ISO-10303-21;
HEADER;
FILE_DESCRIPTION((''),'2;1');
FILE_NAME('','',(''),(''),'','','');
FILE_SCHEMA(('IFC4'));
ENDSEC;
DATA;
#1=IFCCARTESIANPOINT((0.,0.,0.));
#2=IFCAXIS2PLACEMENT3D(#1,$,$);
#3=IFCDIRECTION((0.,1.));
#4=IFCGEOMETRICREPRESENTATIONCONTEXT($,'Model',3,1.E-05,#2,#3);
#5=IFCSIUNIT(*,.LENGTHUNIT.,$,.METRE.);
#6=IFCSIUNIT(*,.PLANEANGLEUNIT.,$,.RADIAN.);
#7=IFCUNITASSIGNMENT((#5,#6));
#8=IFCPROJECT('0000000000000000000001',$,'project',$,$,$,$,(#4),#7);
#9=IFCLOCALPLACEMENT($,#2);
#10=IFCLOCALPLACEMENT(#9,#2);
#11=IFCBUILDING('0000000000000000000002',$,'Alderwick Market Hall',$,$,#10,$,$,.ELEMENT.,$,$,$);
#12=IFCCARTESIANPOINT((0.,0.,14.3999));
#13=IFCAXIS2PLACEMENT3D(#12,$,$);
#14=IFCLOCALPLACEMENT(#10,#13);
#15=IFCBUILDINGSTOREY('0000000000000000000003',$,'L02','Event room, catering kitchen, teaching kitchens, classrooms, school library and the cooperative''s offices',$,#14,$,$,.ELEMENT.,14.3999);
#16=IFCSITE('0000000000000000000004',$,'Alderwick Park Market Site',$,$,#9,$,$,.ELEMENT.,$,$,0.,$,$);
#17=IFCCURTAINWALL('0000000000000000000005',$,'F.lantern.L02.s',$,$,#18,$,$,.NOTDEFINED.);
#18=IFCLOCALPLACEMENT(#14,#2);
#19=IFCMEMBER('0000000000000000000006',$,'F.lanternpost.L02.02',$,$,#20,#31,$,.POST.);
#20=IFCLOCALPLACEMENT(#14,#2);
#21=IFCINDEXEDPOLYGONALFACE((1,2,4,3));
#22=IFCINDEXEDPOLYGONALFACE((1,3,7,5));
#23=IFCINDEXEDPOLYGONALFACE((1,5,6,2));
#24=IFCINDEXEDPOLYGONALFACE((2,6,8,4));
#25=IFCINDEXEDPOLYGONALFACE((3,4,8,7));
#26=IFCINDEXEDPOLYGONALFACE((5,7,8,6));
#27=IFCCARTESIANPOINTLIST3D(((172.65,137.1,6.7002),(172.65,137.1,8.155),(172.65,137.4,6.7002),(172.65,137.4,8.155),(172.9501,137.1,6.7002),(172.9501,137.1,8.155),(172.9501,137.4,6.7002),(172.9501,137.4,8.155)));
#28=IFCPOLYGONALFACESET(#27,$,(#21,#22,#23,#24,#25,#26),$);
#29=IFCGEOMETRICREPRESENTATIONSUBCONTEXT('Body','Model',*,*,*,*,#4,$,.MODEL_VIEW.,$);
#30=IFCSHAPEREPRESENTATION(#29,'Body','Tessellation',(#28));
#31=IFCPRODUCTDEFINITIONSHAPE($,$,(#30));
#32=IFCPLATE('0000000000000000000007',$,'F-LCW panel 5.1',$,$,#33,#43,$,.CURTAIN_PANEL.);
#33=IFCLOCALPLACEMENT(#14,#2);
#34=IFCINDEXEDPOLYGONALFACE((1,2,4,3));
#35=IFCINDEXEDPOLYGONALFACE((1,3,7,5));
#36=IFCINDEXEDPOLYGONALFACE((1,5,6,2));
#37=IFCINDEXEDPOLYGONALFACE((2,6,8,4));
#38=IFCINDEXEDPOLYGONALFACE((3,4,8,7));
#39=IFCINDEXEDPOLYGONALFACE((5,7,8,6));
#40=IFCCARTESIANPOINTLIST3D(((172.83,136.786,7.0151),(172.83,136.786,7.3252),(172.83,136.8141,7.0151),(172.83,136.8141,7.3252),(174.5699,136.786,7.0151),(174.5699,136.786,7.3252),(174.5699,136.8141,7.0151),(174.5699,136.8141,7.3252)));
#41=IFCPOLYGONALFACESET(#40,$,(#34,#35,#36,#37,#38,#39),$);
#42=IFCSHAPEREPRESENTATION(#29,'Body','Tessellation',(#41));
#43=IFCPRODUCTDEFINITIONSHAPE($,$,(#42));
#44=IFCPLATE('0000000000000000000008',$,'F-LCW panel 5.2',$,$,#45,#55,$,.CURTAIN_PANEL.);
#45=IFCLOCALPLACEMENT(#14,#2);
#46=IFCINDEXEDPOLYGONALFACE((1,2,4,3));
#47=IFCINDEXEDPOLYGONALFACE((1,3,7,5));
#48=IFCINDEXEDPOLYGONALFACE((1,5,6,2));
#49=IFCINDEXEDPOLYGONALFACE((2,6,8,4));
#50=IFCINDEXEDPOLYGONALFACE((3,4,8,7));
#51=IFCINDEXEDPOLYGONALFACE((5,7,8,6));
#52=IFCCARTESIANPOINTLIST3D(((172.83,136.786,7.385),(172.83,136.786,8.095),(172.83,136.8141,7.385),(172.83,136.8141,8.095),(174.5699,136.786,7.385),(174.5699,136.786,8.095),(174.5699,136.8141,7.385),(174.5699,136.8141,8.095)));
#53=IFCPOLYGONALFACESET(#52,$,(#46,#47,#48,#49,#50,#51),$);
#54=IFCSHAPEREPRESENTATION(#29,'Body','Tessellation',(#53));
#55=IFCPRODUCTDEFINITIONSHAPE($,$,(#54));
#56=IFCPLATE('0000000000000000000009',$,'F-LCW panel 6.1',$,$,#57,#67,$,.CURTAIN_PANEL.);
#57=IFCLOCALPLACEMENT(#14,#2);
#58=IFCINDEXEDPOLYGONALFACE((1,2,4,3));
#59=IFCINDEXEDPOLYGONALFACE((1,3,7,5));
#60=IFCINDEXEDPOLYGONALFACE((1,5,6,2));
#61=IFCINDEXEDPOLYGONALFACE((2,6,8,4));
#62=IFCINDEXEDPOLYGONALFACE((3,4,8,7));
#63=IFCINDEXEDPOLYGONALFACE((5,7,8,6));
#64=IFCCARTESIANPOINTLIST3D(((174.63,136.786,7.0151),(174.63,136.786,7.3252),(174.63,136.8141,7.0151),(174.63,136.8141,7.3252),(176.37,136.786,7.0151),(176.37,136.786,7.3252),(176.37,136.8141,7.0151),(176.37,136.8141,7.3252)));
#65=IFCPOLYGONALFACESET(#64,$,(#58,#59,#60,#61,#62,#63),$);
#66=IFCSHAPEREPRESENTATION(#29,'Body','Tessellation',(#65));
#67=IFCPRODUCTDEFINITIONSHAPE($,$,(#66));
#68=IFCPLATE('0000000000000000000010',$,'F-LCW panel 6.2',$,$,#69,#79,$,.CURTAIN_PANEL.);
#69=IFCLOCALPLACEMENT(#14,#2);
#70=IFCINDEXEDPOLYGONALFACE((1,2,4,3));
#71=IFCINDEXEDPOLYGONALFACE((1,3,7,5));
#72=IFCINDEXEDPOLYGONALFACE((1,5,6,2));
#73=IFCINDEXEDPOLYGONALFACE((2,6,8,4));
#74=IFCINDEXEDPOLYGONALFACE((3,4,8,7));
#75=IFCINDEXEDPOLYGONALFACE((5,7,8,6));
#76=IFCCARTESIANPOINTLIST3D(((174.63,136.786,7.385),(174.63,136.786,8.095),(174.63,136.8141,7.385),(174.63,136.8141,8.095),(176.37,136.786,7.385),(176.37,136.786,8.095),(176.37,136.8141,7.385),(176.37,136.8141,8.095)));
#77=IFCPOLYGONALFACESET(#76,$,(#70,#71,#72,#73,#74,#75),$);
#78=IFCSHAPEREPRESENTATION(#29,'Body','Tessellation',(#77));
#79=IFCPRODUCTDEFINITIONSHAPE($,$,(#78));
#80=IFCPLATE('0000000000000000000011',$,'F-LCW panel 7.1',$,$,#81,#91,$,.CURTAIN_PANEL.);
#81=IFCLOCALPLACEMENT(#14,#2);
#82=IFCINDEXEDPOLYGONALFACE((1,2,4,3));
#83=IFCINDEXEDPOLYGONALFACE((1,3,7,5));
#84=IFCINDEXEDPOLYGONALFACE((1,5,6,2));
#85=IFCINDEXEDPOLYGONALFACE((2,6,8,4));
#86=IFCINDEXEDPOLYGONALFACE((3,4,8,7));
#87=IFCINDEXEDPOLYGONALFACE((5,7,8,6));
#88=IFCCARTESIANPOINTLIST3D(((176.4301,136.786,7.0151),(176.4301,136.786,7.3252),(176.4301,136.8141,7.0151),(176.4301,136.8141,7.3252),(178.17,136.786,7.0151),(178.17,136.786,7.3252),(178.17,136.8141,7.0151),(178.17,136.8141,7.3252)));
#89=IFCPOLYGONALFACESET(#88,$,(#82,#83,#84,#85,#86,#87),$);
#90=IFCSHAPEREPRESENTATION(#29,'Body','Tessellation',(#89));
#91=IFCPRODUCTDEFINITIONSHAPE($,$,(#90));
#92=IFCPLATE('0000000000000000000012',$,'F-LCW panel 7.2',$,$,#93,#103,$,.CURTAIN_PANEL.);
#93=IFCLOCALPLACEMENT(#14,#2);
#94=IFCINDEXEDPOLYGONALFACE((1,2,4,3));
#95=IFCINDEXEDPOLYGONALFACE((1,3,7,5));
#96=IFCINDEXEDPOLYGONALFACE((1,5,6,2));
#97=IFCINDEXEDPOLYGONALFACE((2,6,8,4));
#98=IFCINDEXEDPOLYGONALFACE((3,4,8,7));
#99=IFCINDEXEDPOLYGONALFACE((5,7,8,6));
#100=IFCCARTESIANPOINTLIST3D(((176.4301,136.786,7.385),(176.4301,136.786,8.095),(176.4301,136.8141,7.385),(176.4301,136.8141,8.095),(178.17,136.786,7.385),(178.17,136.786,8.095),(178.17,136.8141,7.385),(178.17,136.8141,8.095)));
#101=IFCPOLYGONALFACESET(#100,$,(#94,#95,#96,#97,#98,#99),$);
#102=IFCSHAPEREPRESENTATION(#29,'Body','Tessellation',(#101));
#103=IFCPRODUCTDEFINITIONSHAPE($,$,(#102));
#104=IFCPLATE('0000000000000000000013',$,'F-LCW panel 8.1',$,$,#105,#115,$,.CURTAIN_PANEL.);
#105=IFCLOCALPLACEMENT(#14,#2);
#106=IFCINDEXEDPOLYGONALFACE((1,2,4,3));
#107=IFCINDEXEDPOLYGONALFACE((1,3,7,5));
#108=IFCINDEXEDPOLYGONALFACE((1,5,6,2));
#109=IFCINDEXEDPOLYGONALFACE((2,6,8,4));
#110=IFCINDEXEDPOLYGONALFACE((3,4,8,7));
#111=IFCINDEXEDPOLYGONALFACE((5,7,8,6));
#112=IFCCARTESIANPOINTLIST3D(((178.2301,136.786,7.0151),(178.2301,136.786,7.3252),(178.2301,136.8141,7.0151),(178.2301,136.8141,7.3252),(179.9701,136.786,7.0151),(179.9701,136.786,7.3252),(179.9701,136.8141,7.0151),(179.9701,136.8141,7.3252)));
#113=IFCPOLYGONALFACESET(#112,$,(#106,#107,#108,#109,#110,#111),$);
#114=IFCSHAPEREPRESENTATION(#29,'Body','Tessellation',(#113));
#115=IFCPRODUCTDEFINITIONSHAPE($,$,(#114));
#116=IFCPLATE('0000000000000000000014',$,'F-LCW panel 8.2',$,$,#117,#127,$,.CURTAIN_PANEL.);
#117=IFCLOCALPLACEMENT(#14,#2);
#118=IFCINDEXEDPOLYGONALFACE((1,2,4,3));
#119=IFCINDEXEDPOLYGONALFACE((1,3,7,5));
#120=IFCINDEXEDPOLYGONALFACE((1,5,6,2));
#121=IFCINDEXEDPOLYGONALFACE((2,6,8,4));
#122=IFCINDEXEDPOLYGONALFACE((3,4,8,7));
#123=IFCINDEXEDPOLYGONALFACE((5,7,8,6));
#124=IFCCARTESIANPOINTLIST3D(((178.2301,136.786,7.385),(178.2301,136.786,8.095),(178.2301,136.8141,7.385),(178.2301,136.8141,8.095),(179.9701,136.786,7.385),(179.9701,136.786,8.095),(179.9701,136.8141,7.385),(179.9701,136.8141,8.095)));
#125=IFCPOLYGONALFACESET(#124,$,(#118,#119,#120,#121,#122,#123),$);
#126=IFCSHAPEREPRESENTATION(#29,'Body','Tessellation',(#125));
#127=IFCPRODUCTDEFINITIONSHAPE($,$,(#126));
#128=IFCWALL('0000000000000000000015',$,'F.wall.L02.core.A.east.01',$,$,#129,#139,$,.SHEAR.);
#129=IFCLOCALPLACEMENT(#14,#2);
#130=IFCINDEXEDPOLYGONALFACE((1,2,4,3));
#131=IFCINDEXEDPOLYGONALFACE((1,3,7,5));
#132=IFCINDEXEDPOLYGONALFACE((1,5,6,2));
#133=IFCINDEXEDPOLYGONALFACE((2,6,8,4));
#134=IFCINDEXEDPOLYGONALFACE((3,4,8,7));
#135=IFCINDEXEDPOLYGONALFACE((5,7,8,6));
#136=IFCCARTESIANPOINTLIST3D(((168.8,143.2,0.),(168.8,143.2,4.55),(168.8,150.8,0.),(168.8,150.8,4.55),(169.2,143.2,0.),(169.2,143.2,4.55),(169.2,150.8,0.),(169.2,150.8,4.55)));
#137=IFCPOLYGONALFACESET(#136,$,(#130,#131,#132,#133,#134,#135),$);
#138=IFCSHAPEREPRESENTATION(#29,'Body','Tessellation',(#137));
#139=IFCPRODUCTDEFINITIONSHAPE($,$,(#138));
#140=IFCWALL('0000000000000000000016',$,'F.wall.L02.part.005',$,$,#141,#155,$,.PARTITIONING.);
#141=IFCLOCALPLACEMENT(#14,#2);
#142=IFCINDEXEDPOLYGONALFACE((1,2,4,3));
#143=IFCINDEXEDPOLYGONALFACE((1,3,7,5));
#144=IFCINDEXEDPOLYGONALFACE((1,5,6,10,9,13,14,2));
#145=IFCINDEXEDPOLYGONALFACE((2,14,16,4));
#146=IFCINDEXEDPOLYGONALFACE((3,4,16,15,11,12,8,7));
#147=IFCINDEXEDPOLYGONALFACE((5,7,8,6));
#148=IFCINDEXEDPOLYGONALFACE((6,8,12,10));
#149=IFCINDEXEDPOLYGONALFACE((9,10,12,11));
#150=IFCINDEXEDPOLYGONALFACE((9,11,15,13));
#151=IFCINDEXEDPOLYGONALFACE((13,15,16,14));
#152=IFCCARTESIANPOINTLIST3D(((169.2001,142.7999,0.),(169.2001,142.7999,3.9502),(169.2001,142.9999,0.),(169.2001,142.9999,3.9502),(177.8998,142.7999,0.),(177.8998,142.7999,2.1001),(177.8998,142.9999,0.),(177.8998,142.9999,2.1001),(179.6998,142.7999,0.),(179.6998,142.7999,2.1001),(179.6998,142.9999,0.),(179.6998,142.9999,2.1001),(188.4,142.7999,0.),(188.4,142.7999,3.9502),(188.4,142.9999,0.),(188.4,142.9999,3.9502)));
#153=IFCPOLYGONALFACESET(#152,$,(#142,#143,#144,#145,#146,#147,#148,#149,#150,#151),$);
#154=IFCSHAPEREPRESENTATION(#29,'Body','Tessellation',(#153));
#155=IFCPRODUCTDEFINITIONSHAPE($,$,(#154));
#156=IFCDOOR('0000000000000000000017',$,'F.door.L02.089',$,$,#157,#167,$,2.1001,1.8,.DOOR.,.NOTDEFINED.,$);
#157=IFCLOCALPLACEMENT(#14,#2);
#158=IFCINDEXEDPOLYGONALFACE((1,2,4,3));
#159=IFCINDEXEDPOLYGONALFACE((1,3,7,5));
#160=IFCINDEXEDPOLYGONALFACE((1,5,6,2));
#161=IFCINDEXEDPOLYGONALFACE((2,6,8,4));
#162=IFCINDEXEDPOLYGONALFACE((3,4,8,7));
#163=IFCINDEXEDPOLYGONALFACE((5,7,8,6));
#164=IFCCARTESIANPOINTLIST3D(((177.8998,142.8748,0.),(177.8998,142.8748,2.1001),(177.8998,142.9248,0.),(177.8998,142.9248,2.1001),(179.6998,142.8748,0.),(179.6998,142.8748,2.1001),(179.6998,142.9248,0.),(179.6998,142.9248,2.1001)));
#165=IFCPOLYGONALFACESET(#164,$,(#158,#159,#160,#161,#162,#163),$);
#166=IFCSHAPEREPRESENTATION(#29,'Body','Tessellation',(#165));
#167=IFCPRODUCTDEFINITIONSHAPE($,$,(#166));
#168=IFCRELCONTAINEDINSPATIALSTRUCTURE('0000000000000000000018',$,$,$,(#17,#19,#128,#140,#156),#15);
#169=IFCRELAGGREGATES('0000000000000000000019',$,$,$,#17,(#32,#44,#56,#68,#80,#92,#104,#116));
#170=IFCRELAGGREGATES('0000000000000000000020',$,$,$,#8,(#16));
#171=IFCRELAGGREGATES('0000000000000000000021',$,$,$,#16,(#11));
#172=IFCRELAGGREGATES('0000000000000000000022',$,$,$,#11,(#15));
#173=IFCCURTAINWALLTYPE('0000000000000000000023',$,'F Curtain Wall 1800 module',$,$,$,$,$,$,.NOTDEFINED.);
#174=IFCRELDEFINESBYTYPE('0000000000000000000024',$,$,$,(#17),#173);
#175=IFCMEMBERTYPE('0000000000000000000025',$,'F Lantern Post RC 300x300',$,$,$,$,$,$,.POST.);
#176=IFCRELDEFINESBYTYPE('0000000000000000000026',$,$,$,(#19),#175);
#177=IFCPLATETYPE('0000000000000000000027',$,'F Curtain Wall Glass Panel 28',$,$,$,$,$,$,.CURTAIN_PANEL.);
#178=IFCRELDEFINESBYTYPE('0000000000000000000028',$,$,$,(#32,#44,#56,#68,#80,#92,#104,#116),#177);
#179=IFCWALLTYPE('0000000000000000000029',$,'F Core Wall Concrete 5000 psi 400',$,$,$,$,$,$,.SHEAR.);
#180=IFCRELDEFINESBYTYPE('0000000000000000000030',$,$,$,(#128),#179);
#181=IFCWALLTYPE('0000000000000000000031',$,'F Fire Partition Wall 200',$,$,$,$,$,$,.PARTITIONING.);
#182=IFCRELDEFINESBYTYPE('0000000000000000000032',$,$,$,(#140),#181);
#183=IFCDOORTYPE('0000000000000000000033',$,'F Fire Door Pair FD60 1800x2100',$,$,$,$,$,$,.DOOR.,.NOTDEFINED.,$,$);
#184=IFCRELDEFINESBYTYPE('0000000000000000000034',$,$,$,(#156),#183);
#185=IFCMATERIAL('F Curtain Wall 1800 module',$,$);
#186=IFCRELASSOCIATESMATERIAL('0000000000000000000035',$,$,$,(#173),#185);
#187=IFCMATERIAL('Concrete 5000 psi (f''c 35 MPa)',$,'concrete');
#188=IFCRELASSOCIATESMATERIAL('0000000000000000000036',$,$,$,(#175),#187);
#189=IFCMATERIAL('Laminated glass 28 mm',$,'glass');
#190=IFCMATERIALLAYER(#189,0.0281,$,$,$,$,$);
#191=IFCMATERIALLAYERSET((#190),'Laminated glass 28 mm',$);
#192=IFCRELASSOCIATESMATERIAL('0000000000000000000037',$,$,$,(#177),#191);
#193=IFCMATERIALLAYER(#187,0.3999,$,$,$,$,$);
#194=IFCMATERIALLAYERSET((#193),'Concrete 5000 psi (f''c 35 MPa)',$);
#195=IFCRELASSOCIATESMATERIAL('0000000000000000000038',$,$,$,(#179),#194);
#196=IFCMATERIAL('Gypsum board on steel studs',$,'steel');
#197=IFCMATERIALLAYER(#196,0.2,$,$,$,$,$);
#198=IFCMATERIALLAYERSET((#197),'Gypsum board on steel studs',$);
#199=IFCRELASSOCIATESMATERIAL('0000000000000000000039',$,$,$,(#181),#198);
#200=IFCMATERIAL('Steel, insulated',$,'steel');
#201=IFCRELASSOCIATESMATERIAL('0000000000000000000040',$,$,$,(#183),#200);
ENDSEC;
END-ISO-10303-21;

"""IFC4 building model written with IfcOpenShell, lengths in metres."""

from ifc_helpers import new_model, si_unit, direction, frame, frame_2d, origin, origin_2d, place, context, subcontext, project, spatial, rectangle, extrude, material, layer, layer_set, material_profile, profile_set, type_object, element, fill, aggregate, save


model = new_model("IFC4")

# Units and contexts
model_context = context("Model", 3, precision=1e-05, world=origin(), true_north=direction((0.0, 1.0)))
body_context = subcontext(model_context, "Body", "Model", "MODEL_VIEW")
ifc_project = project(units=[si_unit("LENGTHUNIT", "METRE"), si_unit("PLANEANGLEUNIT", "RADIAN")], contexts=[model_context])

# Site, building, storey
site_placement = place(None, origin())
site = spatial("IfcSite", under=ifc_project, at=site_placement, Name="Alderwick Park Market Site", CompositionType="ELEMENT", RefElevation=0.0)
building_placement = place(site_placement, origin())
building = spatial("IfcBuilding", under=site, at=building_placement, Name="Alderwick Market Hall", CompositionType="ELEMENT")
storey_placement = place(building_placement, frame((0.0, 0.0, 14.3999)))
storey = spatial("IfcBuildingStorey", under=building, at=storey_placement, Name="L02", Description="Event room, catering kitchen, teaching kitchens, classrooms, school library and the cooperative's offices", CompositionType="ELEMENT", Elevation=14.3999)

# Curtain wall
ifc_material_1 = material(Name="F Curtain Wall 1800 module")
curtain_wall_type = type_object("IfcCurtainWallType", Name="F Curtain Wall 1800 module", PredefinedType="NOTDEFINED", material=ifc_material_1)
curtain_wall_placement = place(storey_placement, origin())
curtain_wall = element("IfcCurtainWall", 1, at=curtain_wall_placement, inside=storey, type_object=curtain_wall_type, Name="F.lantern.L02.s", PredefinedType="NOTDEFINED")

# Member
ifc_material_2 = material(Name="Concrete 5000 psi (f'c 35 MPa)", Category="concrete")
ifc_material_profile_1 = material_profile(ifc_material_2, rectangle(XDim=0.3, YDim=0.3, at=origin_2d()), Name="RC 300x300")
ifc_profile_set_1 = profile_set([ifc_material_profile_1], Name="Concrete 5000 psi (f'c 35 MPa)")
member_type_1 = type_object("IfcMemberType", Name="F Lantern Post RC 300x300", PredefinedType="POST", material=ifc_profile_set_1)
member_1_placement = place(storey_placement, frame((172.8, 137.25, 6.7002), z_axis=(0.0, 0.0, 1.0), x_axis=(1.0, 0.0, 0.0)))
element("IfcMember", 2, at=member_1_placement, inside=storey, type_object=member_type_1, Name="F.lanternpost.L02.02", PredefinedType="POST", context=body_context, shape_type="SweptSolid", body=[
    extrude(rectangle(XDim=0.3, YDim=0.3, at=origin_2d()), origin(), (0.0, 0.0, 1.0), 1.4548),
])

# Plates
ifc_material_3 = material(Name="Laminated glass 28 mm", Category="glass")
ifc_layer_1 = layer(ifc_material_3, 0.0281)
ifc_layer_set_1 = layer_set([ifc_layer_1], Name="Laminated glass 28 mm")
plate_type = type_object("IfcPlateType", Name="F Curtain Wall Glass Panel 28", PredefinedType="CURTAIN_PANEL", material=ifc_layer_set_1)
plate_1_placement = place(storey_placement, frame((173.7, 136.8, 7.0151), z_axis=(0.0, 0.0, 1.0), x_axis=(1.0, 0.0, 0.0)))
plate_1 = element("IfcPlate", 3, at=plate_1_placement, type_object=plate_type, Name="F-LCW panel 5.1", PredefinedType="CURTAIN_PANEL", context=body_context, shape_type="SweptSolid", body=[
    extrude(rectangle(XDim=1.74, YDim=0.0281, at=origin_2d()), origin(), (0.0, 0.0, 1.0), 0.3101),
])
plate_2_placement = place(storey_placement, frame((173.7, 136.8, 7.385), z_axis=(0.0, 0.0, 1.0), x_axis=(1.0, 0.0, 0.0)))
plate_2 = element("IfcPlate", 4, at=plate_2_placement, type_object=plate_type, Name="F-LCW panel 5.2", PredefinedType="CURTAIN_PANEL", context=body_context, shape_type="SweptSolid", body=[
    extrude(rectangle(XDim=1.74, YDim=0.0281, at=origin_2d()), origin(), (0.0, 0.0, 1.0), 0.71),
])
plate_3_placement = place(storey_placement, frame((175.5, 136.8, 7.0151), z_axis=(0.0, 0.0, 1.0), x_axis=(1.0, 0.0, 0.0)))
plate_3 = element("IfcPlate", 5, at=plate_3_placement, type_object=plate_type, Name="F-LCW panel 6.1", PredefinedType="CURTAIN_PANEL", context=body_context, shape_type="SweptSolid", body=[
    extrude(rectangle(XDim=1.74, YDim=0.0281, at=origin_2d()), origin(), (0.0, 0.0, 1.0), 0.3101),
])
plate_4_placement = place(storey_placement, frame((175.5, 136.8, 7.385), z_axis=(0.0, 0.0, 1.0), x_axis=(1.0, 0.0, 0.0)))
plate_4 = element("IfcPlate", 6, at=plate_4_placement, type_object=plate_type, Name="F-LCW panel 6.2", PredefinedType="CURTAIN_PANEL", context=body_context, shape_type="SweptSolid", body=[
    extrude(rectangle(XDim=1.74, YDim=0.0281, at=origin_2d()), origin(), (0.0, 0.0, 1.0), 0.71),
])
plate_5_placement = place(storey_placement, frame((177.3, 136.8, 7.0151), z_axis=(0.0, 0.0, 1.0), x_axis=(1.0, 0.0, 0.0)))
plate_5 = element("IfcPlate", 7, at=plate_5_placement, type_object=plate_type, Name="F-LCW panel 7.1", PredefinedType="CURTAIN_PANEL", context=body_context, shape_type="SweptSolid", body=[
    extrude(rectangle(XDim=1.74, YDim=0.0281, at=origin_2d()), origin(), (0.0, 0.0, 1.0), 0.3101),
])
plate_6_placement = place(storey_placement, frame((177.3, 136.8, 7.385), z_axis=(0.0, 0.0, 1.0), x_axis=(1.0, 0.0, 0.0)))
plate_6 = element("IfcPlate", 8, at=plate_6_placement, type_object=plate_type, Name="F-LCW panel 7.2", PredefinedType="CURTAIN_PANEL", context=body_context, shape_type="SweptSolid", body=[
    extrude(rectangle(XDim=1.74, YDim=0.0281, at=origin_2d()), origin(), (0.0, 0.0, 1.0), 0.71),
])
plate_7_placement = place(storey_placement, frame((179.1001, 136.8, 7.0151), z_axis=(0.0, 0.0, 1.0), x_axis=(1.0, 0.0, 0.0)))
plate_7 = element("IfcPlate", 9, at=plate_7_placement, type_object=plate_type, Name="F-LCW panel 8.1", PredefinedType="CURTAIN_PANEL", context=body_context, shape_type="SweptSolid", body=[
    extrude(rectangle(XDim=1.74, YDim=0.0281, at=origin_2d()), origin(), (0.0, 0.0, 1.0), 0.3101),
])
plate_8_placement = place(storey_placement, frame((179.1001, 136.8, 7.385), z_axis=(0.0, 0.0, 1.0), x_axis=(1.0, 0.0, 0.0)))
plate_8 = element("IfcPlate", 10, at=plate_8_placement, type_object=plate_type, Name="F-LCW panel 8.2", PredefinedType="CURTAIN_PANEL", context=body_context, shape_type="SweptSolid", body=[
    extrude(rectangle(XDim=1.74, YDim=0.0281, at=origin_2d()), origin(), (0.0, 0.0, 1.0), 0.71),
])
aggregate(curtain_wall, [plate_1, plate_2, plate_3, plate_4, plate_5, plate_6, plate_7, plate_8])

# Wall
ifc_layer_2 = layer(ifc_material_2, 0.3999)
ifc_layer_set_2 = layer_set([ifc_layer_2], Name="Concrete 5000 psi (f'c 35 MPa)")
wall_type_1 = type_object("IfcWallType", Name="F Core Wall Concrete 5000 psi 400", PredefinedType="SHEAR", material=ifc_layer_set_2)
wall_1_placement = place(storey_placement, frame((169.0, 143.2, 0.0), z_axis=(0.0, 0.0, 1.0), x_axis=(0.0, 1.0, 0.0)))
element("IfcWall", 11, at=wall_1_placement, inside=storey, type_object=wall_type_1, Name="F.wall.L02.core.A.east.01", PredefinedType="SHEAR", context=body_context, shape_type="SweptSolid", body=[
    extrude(rectangle(XDim=7.6001, YDim=0.3999, at=frame_2d((3.8, 0.0))), origin(), (0.0, 0.0, 1.0), 4.55),
])

# Wall, opening, door
ifc_material_4 = material(Name="Gypsum board on steel studs", Category="steel")
ifc_layer_3 = layer(ifc_material_4, 0.2)
ifc_layer_set_3 = layer_set([ifc_layer_3], Name="Gypsum board on steel studs")
wall_type_2 = type_object("IfcWallType", Name="F Fire Partition Wall 200", PredefinedType="PARTITIONING", material=ifc_layer_set_3)
wall_2_placement = place(storey_placement, frame((169.2, 142.8999, 0.0), z_axis=(0.0, 0.0, 1.0), x_axis=(1.0, 0.0, 0.0)))
wall_2 = element("IfcWall", 12, at=wall_2_placement, inside=storey, type_object=wall_type_2, Name="F.wall.L02.part.005", PredefinedType="PARTITIONING", context=body_context, shape_type="SweptSolid", body=[
    extrude(rectangle(XDim=19.2, YDim=0.2, at=frame_2d((9.6001, 0.0))), origin(), (0.0, 0.0, 1.0), 3.9502),
])
opening_placement = place(wall_2_placement, frame((8.7, 0.0, 0.0)))
opening = element("IfcOpeningElement", 13, at=opening_placement, cuts=wall_2, PredefinedType="OPENING", context=body_context, shape_type="SweptSolid", body=[
    extrude(rectangle(XDim=1.8, YDim=2.1001, at=frame_2d((0.8999, 1.05))), frame((0.0, 0.1099, 0.0), z_axis=(0.0, -1.0, 0.0), x_axis=(1.0, 0.0, 0.0)), (0.0, 0.0, 1.0), 0.22),
])
ifc_material_5 = material(Name="Steel, insulated", Category="steel")
door_type = type_object("IfcDoorType", Name="F Fire Door Pair FD60 1800x2100", OperationType="NOTDEFINED", PredefinedType="DOOR", material=ifc_material_5)
door_placement = place(opening_placement, origin())
door = element("IfcDoor", 14, at=door_placement, inside=storey, type_object=door_type, Name="F.door.L02.089", OperationType="NOTDEFINED", OverallHeight=2.1001, OverallWidth=1.8, PredefinedType="DOOR", context=body_context, shape_type="SweptSolid", body=[
    extrude(rectangle(XDim=1.8, YDim=2.1001, at=frame_2d((0.8999, 1.05))), frame((0.0, 0.0249, 0.0), z_axis=(0.0, -1.0, 0.0), x_axis=(1.0, 0.0, 0.0)), (0.0, 0.0, 1.0), 0.05),
])
fill(opening, door)

save(model, "model.ifc")
